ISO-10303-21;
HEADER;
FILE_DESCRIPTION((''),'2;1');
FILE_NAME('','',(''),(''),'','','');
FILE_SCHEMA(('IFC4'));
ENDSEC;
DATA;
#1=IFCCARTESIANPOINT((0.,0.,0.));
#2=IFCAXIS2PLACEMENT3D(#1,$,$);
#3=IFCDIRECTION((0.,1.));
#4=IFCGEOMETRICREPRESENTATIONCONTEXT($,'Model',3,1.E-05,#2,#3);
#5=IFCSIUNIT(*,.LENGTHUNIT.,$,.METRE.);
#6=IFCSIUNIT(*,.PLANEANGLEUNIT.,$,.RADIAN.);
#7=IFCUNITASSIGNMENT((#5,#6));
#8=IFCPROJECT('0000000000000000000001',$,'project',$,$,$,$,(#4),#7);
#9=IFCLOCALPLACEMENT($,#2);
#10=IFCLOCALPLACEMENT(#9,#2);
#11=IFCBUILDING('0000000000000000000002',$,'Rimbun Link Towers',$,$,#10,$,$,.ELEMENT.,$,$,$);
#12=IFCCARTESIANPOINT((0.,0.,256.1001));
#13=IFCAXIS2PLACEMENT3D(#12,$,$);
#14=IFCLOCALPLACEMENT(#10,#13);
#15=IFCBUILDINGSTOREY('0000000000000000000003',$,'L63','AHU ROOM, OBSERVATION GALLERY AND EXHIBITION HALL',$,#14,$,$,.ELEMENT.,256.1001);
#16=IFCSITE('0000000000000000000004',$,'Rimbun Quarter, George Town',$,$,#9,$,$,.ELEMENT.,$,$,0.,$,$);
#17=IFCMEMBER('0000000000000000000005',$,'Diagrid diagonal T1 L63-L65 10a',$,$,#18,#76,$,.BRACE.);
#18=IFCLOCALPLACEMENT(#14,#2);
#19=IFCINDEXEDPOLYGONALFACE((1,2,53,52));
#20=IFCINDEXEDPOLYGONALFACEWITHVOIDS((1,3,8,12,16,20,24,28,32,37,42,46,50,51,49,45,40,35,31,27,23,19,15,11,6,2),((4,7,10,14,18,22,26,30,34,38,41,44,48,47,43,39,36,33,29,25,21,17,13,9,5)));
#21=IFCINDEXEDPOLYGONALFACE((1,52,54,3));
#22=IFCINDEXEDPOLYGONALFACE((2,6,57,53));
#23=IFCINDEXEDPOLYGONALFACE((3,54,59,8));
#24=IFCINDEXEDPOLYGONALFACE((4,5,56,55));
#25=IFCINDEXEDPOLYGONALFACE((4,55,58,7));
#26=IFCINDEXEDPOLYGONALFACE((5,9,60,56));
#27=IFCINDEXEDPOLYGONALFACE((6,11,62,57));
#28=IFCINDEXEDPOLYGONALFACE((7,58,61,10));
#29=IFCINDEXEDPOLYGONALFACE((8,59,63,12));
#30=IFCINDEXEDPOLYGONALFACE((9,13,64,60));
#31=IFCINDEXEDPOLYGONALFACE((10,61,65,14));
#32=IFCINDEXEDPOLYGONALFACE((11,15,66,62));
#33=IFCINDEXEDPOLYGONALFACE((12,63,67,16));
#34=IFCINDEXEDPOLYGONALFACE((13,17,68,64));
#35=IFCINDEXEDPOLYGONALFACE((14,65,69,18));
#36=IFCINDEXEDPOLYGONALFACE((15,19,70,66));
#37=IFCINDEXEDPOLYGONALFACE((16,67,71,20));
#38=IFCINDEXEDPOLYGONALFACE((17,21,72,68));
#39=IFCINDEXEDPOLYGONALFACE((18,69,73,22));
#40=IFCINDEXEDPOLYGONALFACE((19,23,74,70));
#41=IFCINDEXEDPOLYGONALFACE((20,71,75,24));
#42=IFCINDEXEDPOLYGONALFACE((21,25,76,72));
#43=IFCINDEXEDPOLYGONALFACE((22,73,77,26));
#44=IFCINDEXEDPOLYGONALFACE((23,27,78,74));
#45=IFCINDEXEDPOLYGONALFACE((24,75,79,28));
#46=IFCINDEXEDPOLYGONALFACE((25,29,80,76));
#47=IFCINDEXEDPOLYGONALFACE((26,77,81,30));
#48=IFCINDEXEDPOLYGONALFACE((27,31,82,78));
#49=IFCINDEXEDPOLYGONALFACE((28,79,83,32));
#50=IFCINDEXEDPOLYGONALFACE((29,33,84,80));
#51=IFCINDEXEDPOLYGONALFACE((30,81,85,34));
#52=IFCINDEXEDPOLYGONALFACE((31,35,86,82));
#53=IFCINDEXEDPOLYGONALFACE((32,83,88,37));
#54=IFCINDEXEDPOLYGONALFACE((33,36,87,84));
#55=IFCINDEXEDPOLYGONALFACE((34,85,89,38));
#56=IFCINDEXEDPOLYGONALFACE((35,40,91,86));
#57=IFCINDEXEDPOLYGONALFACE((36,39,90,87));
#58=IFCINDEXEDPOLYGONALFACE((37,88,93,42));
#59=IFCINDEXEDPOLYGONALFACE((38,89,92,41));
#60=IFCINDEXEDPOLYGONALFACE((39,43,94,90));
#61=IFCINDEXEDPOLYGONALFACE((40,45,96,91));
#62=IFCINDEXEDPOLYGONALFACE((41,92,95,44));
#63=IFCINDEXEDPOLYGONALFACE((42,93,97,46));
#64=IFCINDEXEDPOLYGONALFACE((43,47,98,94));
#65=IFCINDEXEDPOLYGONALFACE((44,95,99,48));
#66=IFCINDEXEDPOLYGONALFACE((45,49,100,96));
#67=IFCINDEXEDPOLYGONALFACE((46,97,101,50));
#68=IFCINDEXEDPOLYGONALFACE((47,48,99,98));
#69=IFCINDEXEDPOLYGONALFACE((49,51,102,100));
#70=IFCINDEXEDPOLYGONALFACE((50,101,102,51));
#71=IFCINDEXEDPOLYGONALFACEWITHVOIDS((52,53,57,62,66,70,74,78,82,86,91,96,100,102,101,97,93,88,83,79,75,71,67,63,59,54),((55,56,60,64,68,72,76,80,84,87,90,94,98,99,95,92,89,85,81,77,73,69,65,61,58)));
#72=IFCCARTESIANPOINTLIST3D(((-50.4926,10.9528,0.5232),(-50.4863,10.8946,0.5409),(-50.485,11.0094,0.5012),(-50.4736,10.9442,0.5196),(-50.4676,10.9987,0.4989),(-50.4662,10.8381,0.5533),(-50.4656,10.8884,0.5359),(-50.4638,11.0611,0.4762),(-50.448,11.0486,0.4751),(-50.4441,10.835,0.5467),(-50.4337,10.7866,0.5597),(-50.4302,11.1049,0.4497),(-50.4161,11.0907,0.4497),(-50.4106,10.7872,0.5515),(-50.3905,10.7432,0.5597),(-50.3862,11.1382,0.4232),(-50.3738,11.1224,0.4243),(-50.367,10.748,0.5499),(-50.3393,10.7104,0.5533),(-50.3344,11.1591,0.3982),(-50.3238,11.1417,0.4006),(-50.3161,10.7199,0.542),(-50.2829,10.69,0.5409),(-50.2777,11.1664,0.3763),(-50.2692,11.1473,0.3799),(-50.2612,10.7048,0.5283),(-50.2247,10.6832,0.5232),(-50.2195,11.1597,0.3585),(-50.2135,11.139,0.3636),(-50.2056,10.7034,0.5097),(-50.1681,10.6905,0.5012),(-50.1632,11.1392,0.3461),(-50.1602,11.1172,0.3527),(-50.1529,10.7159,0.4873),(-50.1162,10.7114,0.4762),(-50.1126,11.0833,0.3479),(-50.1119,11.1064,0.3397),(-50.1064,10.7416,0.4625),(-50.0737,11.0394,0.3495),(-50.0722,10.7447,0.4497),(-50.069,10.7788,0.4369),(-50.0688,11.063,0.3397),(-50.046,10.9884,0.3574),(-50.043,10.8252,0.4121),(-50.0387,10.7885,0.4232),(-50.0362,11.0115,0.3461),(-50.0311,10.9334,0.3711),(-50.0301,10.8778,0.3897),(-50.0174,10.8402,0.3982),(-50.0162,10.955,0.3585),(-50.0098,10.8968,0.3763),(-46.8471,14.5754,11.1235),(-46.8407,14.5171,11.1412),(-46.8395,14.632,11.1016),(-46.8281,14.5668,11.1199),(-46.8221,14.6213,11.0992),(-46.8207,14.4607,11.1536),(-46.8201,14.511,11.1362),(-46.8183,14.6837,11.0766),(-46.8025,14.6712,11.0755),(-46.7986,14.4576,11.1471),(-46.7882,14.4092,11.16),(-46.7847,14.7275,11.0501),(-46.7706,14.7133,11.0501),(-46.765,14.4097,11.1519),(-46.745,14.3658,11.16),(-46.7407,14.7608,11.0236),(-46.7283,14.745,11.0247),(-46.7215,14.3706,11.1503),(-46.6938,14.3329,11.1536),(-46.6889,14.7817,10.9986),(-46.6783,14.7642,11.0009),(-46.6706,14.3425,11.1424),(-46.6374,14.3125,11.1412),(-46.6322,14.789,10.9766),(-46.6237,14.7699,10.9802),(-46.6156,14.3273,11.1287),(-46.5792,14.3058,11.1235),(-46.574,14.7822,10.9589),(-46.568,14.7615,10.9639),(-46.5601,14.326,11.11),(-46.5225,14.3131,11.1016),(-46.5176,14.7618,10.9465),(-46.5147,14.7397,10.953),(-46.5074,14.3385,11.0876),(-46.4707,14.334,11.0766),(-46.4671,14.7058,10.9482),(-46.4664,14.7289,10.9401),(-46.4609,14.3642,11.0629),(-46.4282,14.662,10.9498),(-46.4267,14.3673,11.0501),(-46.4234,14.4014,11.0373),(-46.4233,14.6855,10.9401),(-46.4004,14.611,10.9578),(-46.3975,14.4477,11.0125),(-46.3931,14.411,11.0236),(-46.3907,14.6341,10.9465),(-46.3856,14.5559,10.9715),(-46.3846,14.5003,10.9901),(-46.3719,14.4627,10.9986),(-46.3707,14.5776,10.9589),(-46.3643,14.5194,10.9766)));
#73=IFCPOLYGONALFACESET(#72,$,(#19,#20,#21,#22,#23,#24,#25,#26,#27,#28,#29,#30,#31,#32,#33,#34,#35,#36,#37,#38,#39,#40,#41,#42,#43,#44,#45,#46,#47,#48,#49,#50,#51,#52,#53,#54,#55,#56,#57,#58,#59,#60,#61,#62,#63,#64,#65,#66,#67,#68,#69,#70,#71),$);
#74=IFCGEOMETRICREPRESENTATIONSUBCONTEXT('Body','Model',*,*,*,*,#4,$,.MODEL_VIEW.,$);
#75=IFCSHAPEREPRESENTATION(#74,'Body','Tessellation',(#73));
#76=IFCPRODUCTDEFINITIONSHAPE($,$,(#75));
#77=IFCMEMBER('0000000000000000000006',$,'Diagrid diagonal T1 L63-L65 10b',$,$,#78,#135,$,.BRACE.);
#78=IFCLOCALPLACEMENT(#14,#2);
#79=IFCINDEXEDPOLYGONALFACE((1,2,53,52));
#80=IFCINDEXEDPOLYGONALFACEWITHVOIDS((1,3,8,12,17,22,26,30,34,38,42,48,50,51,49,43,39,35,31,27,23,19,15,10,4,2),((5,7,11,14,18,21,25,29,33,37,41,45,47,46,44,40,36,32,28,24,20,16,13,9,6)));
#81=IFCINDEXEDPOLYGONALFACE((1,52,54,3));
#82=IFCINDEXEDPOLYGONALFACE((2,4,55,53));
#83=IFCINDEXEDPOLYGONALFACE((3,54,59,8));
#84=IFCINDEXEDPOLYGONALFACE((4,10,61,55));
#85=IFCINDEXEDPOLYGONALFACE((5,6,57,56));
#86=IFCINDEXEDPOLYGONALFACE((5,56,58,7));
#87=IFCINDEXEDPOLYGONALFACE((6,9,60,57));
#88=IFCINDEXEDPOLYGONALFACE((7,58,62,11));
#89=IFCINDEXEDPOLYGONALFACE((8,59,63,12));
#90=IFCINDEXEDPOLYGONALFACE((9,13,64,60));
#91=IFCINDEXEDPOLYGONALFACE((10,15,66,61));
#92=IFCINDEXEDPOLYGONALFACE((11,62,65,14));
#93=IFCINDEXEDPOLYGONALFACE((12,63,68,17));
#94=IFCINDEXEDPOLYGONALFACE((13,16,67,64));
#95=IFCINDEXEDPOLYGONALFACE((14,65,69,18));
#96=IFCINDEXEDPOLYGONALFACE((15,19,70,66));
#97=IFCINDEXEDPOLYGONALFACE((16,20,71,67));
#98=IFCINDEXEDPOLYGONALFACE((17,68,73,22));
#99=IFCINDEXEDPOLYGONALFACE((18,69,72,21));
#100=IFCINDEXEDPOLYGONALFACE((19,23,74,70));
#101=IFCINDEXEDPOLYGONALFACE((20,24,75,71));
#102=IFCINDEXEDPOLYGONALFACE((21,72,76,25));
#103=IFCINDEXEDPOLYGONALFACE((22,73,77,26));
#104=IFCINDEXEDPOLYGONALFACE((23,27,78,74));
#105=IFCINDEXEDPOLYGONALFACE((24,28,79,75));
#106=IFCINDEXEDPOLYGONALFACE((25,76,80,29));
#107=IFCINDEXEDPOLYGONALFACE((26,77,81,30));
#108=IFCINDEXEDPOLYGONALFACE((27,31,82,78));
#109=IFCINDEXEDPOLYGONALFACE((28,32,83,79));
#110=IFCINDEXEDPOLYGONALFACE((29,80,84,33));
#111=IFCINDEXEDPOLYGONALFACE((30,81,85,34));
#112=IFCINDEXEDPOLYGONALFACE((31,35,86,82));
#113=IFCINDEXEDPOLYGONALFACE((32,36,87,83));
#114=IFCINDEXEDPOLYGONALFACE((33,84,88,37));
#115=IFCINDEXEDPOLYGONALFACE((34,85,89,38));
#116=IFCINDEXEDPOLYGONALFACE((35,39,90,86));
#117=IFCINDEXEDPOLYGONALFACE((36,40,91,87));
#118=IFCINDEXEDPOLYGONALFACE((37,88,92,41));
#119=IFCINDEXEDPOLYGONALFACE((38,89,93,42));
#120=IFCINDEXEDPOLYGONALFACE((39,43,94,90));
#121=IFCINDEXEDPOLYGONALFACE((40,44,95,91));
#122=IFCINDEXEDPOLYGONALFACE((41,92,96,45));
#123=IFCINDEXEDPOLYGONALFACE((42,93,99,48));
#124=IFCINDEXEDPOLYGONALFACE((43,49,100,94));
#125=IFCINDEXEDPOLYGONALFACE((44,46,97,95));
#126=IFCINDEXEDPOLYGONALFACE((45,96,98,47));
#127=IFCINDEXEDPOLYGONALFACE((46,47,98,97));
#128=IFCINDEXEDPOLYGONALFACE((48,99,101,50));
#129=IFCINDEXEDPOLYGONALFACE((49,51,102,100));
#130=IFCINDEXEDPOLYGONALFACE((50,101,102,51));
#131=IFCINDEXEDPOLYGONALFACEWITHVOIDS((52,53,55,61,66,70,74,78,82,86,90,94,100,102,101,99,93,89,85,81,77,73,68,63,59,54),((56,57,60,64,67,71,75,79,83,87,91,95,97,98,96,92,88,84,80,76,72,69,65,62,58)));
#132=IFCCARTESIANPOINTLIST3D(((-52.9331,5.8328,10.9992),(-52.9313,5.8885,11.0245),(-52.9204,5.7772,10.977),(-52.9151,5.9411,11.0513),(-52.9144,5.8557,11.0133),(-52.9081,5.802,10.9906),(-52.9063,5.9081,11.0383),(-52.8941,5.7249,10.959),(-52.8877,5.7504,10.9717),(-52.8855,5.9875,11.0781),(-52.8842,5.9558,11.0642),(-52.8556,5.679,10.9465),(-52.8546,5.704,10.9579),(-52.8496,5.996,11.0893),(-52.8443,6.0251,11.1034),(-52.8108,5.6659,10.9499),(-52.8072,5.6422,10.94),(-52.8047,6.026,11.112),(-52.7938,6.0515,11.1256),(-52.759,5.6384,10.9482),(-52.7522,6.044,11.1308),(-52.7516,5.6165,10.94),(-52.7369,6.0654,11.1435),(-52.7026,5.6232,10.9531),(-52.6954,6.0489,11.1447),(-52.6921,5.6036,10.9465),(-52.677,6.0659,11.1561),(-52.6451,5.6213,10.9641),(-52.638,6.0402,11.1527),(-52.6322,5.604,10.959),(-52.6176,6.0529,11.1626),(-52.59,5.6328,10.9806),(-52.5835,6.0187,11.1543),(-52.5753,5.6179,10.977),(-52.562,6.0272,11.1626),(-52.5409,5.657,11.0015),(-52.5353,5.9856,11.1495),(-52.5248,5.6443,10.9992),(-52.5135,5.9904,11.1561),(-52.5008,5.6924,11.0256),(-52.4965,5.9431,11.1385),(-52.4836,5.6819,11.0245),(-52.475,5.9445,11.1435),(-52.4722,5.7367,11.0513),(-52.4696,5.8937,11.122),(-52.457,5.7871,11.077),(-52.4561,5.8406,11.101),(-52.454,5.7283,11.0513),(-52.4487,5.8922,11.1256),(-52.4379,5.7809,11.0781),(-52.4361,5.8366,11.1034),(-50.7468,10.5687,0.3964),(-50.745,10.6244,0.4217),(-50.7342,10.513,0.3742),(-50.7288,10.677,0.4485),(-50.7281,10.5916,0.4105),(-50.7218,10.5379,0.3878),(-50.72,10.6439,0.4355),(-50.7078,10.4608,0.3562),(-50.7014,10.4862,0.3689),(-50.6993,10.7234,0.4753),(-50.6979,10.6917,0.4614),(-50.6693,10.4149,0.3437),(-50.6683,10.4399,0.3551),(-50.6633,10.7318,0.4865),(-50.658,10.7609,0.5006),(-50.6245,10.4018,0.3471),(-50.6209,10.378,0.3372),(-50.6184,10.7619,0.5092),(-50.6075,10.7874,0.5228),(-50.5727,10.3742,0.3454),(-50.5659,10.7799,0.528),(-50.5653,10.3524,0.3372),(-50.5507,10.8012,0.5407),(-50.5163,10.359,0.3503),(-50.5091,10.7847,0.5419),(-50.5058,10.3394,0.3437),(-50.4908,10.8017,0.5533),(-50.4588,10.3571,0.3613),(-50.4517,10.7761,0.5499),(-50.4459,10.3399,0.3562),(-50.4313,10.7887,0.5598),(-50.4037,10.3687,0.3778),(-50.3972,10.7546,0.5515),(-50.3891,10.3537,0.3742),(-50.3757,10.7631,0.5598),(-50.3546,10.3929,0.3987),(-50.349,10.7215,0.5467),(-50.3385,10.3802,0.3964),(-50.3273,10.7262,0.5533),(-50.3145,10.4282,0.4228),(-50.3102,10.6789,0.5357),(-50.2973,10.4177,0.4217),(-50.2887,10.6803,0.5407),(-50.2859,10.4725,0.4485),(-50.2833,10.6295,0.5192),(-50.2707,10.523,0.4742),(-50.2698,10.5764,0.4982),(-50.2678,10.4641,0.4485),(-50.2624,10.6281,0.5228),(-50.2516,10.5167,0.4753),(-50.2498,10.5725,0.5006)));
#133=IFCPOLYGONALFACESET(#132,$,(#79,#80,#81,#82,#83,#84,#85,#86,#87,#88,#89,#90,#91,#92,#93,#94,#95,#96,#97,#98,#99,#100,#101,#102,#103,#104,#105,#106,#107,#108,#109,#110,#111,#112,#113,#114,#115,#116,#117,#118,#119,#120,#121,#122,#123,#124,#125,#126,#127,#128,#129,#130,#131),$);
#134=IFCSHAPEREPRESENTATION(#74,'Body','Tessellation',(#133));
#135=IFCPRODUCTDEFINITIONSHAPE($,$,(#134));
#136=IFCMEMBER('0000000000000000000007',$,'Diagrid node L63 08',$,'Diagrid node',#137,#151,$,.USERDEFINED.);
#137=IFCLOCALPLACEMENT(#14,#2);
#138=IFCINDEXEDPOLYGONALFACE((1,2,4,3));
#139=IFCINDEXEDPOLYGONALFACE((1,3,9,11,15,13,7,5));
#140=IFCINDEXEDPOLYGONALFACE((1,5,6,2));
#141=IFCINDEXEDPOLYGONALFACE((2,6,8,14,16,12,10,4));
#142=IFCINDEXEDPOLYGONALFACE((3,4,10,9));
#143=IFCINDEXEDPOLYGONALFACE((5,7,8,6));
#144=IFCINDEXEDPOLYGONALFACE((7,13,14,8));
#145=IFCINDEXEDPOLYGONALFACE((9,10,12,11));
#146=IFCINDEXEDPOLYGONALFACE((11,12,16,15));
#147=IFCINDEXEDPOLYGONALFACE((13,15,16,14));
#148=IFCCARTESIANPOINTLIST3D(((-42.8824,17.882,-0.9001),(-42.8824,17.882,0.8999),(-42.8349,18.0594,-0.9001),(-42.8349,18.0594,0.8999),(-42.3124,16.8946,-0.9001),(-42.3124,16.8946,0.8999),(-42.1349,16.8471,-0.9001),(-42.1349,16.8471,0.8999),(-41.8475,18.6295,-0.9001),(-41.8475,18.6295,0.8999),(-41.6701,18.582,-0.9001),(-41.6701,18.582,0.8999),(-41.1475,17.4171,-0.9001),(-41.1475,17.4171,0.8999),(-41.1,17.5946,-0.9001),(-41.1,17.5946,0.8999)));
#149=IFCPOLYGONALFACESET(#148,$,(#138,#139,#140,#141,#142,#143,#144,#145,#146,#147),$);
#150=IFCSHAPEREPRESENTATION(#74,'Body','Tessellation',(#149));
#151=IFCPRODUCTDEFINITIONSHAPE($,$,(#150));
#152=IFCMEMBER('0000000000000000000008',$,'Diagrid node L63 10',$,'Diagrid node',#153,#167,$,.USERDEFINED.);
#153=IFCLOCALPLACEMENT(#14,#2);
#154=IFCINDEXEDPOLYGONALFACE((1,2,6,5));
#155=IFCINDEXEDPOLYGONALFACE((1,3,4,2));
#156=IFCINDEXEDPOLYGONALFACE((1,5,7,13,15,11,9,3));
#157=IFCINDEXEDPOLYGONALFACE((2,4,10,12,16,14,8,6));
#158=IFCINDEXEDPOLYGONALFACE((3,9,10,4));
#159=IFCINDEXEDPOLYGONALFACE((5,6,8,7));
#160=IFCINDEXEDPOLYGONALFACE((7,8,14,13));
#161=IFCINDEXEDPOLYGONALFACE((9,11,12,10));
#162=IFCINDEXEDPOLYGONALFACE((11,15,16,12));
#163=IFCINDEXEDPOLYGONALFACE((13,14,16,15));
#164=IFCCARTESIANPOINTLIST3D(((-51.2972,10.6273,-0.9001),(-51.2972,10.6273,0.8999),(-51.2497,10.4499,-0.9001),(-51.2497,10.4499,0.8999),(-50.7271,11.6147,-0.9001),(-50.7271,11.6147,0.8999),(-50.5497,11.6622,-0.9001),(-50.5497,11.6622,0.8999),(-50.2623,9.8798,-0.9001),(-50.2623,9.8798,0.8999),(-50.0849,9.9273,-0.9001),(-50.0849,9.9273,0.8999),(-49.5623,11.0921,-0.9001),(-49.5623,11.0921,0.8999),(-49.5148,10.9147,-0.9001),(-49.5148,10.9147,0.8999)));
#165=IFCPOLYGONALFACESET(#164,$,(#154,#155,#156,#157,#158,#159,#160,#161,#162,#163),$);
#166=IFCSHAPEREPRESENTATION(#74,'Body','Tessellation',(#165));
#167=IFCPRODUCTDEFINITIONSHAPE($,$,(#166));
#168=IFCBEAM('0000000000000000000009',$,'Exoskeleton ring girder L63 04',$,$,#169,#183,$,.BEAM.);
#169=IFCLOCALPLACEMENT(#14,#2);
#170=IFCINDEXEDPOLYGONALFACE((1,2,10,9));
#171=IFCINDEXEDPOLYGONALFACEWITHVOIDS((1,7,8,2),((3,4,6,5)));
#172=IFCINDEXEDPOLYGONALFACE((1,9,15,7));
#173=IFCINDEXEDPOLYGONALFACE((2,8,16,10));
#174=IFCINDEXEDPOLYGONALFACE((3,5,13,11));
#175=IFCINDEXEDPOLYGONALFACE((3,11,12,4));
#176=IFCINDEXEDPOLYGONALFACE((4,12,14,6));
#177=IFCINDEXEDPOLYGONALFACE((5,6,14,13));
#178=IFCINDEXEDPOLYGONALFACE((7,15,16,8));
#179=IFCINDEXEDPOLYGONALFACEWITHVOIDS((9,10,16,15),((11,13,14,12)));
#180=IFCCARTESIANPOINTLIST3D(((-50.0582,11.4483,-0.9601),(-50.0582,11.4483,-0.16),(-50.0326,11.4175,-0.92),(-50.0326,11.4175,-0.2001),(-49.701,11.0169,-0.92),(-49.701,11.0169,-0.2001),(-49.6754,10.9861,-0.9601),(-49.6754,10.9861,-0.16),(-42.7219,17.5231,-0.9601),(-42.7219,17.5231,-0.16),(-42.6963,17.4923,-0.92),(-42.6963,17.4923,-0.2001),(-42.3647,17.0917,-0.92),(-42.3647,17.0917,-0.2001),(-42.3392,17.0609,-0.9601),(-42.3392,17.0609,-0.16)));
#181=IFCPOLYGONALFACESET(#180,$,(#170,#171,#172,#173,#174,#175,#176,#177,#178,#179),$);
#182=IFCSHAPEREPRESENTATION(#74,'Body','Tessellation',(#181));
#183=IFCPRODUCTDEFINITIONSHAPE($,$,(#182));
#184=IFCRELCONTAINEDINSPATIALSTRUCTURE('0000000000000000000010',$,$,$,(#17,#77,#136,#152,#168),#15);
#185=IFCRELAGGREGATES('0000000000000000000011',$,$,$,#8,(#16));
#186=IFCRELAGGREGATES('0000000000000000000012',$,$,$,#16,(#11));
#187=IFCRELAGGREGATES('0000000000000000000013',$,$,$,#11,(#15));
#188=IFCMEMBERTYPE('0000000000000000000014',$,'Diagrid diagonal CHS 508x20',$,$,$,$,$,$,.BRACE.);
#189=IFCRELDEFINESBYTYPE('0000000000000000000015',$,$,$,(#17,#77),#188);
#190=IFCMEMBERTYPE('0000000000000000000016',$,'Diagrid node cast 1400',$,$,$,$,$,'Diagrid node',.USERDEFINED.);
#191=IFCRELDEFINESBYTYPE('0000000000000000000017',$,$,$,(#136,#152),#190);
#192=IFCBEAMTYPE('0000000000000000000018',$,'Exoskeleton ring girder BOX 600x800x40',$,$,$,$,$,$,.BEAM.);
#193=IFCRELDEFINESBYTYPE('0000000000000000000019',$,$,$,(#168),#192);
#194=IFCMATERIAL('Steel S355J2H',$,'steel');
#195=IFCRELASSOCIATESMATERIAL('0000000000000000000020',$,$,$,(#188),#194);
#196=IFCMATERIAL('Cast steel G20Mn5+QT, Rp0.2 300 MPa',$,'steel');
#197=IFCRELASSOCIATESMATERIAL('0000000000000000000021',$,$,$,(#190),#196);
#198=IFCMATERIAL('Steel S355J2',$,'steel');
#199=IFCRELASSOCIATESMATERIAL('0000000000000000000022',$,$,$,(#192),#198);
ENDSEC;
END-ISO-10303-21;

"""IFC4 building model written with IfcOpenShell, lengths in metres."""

from ifc_helpers import new_model, si_unit, direction, frame, origin, origin_2d, place, context, subcontext, project, spatial, polyline, hollow_rectangle, hollow_circle, outline, extrude, material, material_profile, profile_set, type_object, element, save


model = new_model("IFC4")

# Units and contexts
model_context = context("Model", 3, precision=1e-05, world=origin(), true_north=direction((0.0, 1.0)))
body_context = subcontext(model_context, "Body", "Model", "MODEL_VIEW")
ifc_project = project(units=[si_unit("LENGTHUNIT", "METRE"), si_unit("PLANEANGLEUNIT", "RADIAN")], contexts=[model_context])

# Site, building, storey
site_placement = place(None, origin())
site = spatial("IfcSite", under=ifc_project, at=site_placement, Name="Rimbun Quarter, George Town", CompositionType="ELEMENT", RefElevation=0.0)
building_placement = place(site_placement, origin())
building = spatial("IfcBuilding", under=site, at=building_placement, Name="Rimbun Link Towers", CompositionType="ELEMENT")
storey_placement = place(building_placement, frame((0.0, 0.0, 256.1001)))
storey = spatial("IfcBuildingStorey", under=building, at=storey_placement, Name="L63", Description="AHU ROOM, OBSERVATION GALLERY AND EXHIBITION HALL", CompositionType="ELEMENT", Elevation=256.1001)

# Members
ifc_material_1 = material(Name="Steel S355J2H", Category="steel")
ifc_material_profile_1 = material_profile(ifc_material_1, hollow_circle(Radius=0.2539, WallThickness=0.02, at=origin_2d()), Name="Diagrid diagonal CHS 508x20")
ifc_profile_set_1 = profile_set([ifc_material_profile_1], Name="Steel S355J2H")
member_type_1 = type_object("IfcMemberType", Name="Diagrid diagonal CHS 508x20", PredefinedType="BRACE", material=ifc_profile_set_1)
member_1_placement = place(storey_placement, frame((-50.2512, 10.9248, 0.4497), z_axis=(0.309453, 0.307505, 0.899822), x_axis=(-0.704871, 0.709336, 0.0)))
element("IfcMember", 1, at=member_1_placement, inside=storey, type_object=member_type_1, Name="Diagrid diagonal T1 L63-L65 10a", PredefinedType="BRACE", context=body_context, shape_type="SweptSolid", body=[
    extrude(hollow_circle(Radius=0.2539, WallThickness=0.02, at=origin_2d()), origin(), (0.0, 0.0, 1.0), 11.7805),
])
member_2_placement = place(storey_placement, frame((-50.4983, 10.5706, 0.4485), z_axis=(-0.185021, -0.400786, 0.897295), x_axis=(0.907922, -0.419138, 0.0)))
element("IfcMember", 2, at=member_2_placement, inside=storey, type_object=member_type_1, Name="Diagrid diagonal T1 L63-L65 10b", PredefinedType="BRACE", context=body_context, shape_type="SweptSolid", body=[
    extrude(hollow_circle(Radius=0.2539, WallThickness=0.02, at=origin_2d()), origin(), (0.0, 0.0, 1.0), 11.8164),
])
ifc_material_2 = material(Name="Cast steel G20Mn5+QT, Rp0.2 300 MPa", Category="steel")
ifc_material_profile_2 = material_profile(ifc_material_2, outline(polyline([(0.7, -0.5701), (0.7, 0.5701), (0.5701, 0.7), (-0.5701, 0.7), (-0.7, 0.5701), (-0.7, -0.5701), (-0.5701, -0.7), (0.5701, -0.7), (0.7, -0.5701)])), Name="NODE 1400x1400")
ifc_profile_set_2 = profile_set([ifc_material_profile_2], Name="Cast steel G20Mn5+QT, Rp0.2 300 MPa")
member_type_2 = type_object("IfcMemberType", Name="Diagrid node cast 1400", ElementType="Diagrid node", PredefinedType="USERDEFINED", material=ifc_profile_set_2)
for number, where, z_axis, x_axis, name in (
    (3, (-41.9912, 17.7383, -0.9001), (0.0, 0.0, 1.0), (-0.5, 0.866025, 0.0), "Diagrid node L63 08"),
    (4, (-50.406, 10.771, -0.9001), (0.0, 0.0, 1.0), (-0.866025, 0.5, 0.0), "Diagrid node L63 10"),
):
    element("IfcMember", number, at=place(storey_placement, frame(where, z_axis=z_axis, x_axis=x_axis)), inside=storey, type_object=member_type_2, Name=name, ObjectType="Diagrid node", PredefinedType="USERDEFINED", context=body_context, shape_type="SweptSolid", body=[
        extrude(outline(polyline([(0.7, -0.5701), (0.7, 0.5701), (0.5701, 0.7), (-0.5701, 0.7), (-0.7, 0.5701), (-0.7, -0.5701), (-0.5701, -0.7), (0.5701, -0.7), (0.7, -0.5701)])), origin(), (0.0, 0.0, 1.0), 1.8),
    ])

# Beam
ifc_material_3 = material(Name="Steel S355J2", Category="steel")
ifc_material_profile_3 = material_profile(ifc_material_3, hollow_rectangle(XDim=0.6001, YDim=0.8, WallThickness=0.04, at=origin_2d()), Name="Exoskeleton ring girder BOX 600x800x40")
ifc_profile_set_3 = profile_set([ifc_material_profile_3], Name="Steel S355J2")
beam_type_1 = type_object("IfcBeamType", Name="Exoskeleton ring girder BOX 600x800x40", PredefinedType="BEAM", material=ifc_profile_set_3)
beam_1_placement = place(storey_placement, frame((-42.5305, 17.292, -0.5601), z_axis=(-0.77022, -0.637779, 0.0), x_axis=(0.637779, -0.77022, 0.0)))
element("IfcBeam", 5, at=beam_1_placement, inside=storey, type_object=beam_type_1, Name="Exoskeleton ring girder L63 04", PredefinedType="BEAM", context=body_context, shape_type="SweptSolid", body=[
    extrude(hollow_rectangle(XDim=0.6001, YDim=0.8, WallThickness=0.04, at=origin_2d()), origin(), (0.0, 0.0, 1.0), 9.5249),
])

save(model, "model.ifc")
